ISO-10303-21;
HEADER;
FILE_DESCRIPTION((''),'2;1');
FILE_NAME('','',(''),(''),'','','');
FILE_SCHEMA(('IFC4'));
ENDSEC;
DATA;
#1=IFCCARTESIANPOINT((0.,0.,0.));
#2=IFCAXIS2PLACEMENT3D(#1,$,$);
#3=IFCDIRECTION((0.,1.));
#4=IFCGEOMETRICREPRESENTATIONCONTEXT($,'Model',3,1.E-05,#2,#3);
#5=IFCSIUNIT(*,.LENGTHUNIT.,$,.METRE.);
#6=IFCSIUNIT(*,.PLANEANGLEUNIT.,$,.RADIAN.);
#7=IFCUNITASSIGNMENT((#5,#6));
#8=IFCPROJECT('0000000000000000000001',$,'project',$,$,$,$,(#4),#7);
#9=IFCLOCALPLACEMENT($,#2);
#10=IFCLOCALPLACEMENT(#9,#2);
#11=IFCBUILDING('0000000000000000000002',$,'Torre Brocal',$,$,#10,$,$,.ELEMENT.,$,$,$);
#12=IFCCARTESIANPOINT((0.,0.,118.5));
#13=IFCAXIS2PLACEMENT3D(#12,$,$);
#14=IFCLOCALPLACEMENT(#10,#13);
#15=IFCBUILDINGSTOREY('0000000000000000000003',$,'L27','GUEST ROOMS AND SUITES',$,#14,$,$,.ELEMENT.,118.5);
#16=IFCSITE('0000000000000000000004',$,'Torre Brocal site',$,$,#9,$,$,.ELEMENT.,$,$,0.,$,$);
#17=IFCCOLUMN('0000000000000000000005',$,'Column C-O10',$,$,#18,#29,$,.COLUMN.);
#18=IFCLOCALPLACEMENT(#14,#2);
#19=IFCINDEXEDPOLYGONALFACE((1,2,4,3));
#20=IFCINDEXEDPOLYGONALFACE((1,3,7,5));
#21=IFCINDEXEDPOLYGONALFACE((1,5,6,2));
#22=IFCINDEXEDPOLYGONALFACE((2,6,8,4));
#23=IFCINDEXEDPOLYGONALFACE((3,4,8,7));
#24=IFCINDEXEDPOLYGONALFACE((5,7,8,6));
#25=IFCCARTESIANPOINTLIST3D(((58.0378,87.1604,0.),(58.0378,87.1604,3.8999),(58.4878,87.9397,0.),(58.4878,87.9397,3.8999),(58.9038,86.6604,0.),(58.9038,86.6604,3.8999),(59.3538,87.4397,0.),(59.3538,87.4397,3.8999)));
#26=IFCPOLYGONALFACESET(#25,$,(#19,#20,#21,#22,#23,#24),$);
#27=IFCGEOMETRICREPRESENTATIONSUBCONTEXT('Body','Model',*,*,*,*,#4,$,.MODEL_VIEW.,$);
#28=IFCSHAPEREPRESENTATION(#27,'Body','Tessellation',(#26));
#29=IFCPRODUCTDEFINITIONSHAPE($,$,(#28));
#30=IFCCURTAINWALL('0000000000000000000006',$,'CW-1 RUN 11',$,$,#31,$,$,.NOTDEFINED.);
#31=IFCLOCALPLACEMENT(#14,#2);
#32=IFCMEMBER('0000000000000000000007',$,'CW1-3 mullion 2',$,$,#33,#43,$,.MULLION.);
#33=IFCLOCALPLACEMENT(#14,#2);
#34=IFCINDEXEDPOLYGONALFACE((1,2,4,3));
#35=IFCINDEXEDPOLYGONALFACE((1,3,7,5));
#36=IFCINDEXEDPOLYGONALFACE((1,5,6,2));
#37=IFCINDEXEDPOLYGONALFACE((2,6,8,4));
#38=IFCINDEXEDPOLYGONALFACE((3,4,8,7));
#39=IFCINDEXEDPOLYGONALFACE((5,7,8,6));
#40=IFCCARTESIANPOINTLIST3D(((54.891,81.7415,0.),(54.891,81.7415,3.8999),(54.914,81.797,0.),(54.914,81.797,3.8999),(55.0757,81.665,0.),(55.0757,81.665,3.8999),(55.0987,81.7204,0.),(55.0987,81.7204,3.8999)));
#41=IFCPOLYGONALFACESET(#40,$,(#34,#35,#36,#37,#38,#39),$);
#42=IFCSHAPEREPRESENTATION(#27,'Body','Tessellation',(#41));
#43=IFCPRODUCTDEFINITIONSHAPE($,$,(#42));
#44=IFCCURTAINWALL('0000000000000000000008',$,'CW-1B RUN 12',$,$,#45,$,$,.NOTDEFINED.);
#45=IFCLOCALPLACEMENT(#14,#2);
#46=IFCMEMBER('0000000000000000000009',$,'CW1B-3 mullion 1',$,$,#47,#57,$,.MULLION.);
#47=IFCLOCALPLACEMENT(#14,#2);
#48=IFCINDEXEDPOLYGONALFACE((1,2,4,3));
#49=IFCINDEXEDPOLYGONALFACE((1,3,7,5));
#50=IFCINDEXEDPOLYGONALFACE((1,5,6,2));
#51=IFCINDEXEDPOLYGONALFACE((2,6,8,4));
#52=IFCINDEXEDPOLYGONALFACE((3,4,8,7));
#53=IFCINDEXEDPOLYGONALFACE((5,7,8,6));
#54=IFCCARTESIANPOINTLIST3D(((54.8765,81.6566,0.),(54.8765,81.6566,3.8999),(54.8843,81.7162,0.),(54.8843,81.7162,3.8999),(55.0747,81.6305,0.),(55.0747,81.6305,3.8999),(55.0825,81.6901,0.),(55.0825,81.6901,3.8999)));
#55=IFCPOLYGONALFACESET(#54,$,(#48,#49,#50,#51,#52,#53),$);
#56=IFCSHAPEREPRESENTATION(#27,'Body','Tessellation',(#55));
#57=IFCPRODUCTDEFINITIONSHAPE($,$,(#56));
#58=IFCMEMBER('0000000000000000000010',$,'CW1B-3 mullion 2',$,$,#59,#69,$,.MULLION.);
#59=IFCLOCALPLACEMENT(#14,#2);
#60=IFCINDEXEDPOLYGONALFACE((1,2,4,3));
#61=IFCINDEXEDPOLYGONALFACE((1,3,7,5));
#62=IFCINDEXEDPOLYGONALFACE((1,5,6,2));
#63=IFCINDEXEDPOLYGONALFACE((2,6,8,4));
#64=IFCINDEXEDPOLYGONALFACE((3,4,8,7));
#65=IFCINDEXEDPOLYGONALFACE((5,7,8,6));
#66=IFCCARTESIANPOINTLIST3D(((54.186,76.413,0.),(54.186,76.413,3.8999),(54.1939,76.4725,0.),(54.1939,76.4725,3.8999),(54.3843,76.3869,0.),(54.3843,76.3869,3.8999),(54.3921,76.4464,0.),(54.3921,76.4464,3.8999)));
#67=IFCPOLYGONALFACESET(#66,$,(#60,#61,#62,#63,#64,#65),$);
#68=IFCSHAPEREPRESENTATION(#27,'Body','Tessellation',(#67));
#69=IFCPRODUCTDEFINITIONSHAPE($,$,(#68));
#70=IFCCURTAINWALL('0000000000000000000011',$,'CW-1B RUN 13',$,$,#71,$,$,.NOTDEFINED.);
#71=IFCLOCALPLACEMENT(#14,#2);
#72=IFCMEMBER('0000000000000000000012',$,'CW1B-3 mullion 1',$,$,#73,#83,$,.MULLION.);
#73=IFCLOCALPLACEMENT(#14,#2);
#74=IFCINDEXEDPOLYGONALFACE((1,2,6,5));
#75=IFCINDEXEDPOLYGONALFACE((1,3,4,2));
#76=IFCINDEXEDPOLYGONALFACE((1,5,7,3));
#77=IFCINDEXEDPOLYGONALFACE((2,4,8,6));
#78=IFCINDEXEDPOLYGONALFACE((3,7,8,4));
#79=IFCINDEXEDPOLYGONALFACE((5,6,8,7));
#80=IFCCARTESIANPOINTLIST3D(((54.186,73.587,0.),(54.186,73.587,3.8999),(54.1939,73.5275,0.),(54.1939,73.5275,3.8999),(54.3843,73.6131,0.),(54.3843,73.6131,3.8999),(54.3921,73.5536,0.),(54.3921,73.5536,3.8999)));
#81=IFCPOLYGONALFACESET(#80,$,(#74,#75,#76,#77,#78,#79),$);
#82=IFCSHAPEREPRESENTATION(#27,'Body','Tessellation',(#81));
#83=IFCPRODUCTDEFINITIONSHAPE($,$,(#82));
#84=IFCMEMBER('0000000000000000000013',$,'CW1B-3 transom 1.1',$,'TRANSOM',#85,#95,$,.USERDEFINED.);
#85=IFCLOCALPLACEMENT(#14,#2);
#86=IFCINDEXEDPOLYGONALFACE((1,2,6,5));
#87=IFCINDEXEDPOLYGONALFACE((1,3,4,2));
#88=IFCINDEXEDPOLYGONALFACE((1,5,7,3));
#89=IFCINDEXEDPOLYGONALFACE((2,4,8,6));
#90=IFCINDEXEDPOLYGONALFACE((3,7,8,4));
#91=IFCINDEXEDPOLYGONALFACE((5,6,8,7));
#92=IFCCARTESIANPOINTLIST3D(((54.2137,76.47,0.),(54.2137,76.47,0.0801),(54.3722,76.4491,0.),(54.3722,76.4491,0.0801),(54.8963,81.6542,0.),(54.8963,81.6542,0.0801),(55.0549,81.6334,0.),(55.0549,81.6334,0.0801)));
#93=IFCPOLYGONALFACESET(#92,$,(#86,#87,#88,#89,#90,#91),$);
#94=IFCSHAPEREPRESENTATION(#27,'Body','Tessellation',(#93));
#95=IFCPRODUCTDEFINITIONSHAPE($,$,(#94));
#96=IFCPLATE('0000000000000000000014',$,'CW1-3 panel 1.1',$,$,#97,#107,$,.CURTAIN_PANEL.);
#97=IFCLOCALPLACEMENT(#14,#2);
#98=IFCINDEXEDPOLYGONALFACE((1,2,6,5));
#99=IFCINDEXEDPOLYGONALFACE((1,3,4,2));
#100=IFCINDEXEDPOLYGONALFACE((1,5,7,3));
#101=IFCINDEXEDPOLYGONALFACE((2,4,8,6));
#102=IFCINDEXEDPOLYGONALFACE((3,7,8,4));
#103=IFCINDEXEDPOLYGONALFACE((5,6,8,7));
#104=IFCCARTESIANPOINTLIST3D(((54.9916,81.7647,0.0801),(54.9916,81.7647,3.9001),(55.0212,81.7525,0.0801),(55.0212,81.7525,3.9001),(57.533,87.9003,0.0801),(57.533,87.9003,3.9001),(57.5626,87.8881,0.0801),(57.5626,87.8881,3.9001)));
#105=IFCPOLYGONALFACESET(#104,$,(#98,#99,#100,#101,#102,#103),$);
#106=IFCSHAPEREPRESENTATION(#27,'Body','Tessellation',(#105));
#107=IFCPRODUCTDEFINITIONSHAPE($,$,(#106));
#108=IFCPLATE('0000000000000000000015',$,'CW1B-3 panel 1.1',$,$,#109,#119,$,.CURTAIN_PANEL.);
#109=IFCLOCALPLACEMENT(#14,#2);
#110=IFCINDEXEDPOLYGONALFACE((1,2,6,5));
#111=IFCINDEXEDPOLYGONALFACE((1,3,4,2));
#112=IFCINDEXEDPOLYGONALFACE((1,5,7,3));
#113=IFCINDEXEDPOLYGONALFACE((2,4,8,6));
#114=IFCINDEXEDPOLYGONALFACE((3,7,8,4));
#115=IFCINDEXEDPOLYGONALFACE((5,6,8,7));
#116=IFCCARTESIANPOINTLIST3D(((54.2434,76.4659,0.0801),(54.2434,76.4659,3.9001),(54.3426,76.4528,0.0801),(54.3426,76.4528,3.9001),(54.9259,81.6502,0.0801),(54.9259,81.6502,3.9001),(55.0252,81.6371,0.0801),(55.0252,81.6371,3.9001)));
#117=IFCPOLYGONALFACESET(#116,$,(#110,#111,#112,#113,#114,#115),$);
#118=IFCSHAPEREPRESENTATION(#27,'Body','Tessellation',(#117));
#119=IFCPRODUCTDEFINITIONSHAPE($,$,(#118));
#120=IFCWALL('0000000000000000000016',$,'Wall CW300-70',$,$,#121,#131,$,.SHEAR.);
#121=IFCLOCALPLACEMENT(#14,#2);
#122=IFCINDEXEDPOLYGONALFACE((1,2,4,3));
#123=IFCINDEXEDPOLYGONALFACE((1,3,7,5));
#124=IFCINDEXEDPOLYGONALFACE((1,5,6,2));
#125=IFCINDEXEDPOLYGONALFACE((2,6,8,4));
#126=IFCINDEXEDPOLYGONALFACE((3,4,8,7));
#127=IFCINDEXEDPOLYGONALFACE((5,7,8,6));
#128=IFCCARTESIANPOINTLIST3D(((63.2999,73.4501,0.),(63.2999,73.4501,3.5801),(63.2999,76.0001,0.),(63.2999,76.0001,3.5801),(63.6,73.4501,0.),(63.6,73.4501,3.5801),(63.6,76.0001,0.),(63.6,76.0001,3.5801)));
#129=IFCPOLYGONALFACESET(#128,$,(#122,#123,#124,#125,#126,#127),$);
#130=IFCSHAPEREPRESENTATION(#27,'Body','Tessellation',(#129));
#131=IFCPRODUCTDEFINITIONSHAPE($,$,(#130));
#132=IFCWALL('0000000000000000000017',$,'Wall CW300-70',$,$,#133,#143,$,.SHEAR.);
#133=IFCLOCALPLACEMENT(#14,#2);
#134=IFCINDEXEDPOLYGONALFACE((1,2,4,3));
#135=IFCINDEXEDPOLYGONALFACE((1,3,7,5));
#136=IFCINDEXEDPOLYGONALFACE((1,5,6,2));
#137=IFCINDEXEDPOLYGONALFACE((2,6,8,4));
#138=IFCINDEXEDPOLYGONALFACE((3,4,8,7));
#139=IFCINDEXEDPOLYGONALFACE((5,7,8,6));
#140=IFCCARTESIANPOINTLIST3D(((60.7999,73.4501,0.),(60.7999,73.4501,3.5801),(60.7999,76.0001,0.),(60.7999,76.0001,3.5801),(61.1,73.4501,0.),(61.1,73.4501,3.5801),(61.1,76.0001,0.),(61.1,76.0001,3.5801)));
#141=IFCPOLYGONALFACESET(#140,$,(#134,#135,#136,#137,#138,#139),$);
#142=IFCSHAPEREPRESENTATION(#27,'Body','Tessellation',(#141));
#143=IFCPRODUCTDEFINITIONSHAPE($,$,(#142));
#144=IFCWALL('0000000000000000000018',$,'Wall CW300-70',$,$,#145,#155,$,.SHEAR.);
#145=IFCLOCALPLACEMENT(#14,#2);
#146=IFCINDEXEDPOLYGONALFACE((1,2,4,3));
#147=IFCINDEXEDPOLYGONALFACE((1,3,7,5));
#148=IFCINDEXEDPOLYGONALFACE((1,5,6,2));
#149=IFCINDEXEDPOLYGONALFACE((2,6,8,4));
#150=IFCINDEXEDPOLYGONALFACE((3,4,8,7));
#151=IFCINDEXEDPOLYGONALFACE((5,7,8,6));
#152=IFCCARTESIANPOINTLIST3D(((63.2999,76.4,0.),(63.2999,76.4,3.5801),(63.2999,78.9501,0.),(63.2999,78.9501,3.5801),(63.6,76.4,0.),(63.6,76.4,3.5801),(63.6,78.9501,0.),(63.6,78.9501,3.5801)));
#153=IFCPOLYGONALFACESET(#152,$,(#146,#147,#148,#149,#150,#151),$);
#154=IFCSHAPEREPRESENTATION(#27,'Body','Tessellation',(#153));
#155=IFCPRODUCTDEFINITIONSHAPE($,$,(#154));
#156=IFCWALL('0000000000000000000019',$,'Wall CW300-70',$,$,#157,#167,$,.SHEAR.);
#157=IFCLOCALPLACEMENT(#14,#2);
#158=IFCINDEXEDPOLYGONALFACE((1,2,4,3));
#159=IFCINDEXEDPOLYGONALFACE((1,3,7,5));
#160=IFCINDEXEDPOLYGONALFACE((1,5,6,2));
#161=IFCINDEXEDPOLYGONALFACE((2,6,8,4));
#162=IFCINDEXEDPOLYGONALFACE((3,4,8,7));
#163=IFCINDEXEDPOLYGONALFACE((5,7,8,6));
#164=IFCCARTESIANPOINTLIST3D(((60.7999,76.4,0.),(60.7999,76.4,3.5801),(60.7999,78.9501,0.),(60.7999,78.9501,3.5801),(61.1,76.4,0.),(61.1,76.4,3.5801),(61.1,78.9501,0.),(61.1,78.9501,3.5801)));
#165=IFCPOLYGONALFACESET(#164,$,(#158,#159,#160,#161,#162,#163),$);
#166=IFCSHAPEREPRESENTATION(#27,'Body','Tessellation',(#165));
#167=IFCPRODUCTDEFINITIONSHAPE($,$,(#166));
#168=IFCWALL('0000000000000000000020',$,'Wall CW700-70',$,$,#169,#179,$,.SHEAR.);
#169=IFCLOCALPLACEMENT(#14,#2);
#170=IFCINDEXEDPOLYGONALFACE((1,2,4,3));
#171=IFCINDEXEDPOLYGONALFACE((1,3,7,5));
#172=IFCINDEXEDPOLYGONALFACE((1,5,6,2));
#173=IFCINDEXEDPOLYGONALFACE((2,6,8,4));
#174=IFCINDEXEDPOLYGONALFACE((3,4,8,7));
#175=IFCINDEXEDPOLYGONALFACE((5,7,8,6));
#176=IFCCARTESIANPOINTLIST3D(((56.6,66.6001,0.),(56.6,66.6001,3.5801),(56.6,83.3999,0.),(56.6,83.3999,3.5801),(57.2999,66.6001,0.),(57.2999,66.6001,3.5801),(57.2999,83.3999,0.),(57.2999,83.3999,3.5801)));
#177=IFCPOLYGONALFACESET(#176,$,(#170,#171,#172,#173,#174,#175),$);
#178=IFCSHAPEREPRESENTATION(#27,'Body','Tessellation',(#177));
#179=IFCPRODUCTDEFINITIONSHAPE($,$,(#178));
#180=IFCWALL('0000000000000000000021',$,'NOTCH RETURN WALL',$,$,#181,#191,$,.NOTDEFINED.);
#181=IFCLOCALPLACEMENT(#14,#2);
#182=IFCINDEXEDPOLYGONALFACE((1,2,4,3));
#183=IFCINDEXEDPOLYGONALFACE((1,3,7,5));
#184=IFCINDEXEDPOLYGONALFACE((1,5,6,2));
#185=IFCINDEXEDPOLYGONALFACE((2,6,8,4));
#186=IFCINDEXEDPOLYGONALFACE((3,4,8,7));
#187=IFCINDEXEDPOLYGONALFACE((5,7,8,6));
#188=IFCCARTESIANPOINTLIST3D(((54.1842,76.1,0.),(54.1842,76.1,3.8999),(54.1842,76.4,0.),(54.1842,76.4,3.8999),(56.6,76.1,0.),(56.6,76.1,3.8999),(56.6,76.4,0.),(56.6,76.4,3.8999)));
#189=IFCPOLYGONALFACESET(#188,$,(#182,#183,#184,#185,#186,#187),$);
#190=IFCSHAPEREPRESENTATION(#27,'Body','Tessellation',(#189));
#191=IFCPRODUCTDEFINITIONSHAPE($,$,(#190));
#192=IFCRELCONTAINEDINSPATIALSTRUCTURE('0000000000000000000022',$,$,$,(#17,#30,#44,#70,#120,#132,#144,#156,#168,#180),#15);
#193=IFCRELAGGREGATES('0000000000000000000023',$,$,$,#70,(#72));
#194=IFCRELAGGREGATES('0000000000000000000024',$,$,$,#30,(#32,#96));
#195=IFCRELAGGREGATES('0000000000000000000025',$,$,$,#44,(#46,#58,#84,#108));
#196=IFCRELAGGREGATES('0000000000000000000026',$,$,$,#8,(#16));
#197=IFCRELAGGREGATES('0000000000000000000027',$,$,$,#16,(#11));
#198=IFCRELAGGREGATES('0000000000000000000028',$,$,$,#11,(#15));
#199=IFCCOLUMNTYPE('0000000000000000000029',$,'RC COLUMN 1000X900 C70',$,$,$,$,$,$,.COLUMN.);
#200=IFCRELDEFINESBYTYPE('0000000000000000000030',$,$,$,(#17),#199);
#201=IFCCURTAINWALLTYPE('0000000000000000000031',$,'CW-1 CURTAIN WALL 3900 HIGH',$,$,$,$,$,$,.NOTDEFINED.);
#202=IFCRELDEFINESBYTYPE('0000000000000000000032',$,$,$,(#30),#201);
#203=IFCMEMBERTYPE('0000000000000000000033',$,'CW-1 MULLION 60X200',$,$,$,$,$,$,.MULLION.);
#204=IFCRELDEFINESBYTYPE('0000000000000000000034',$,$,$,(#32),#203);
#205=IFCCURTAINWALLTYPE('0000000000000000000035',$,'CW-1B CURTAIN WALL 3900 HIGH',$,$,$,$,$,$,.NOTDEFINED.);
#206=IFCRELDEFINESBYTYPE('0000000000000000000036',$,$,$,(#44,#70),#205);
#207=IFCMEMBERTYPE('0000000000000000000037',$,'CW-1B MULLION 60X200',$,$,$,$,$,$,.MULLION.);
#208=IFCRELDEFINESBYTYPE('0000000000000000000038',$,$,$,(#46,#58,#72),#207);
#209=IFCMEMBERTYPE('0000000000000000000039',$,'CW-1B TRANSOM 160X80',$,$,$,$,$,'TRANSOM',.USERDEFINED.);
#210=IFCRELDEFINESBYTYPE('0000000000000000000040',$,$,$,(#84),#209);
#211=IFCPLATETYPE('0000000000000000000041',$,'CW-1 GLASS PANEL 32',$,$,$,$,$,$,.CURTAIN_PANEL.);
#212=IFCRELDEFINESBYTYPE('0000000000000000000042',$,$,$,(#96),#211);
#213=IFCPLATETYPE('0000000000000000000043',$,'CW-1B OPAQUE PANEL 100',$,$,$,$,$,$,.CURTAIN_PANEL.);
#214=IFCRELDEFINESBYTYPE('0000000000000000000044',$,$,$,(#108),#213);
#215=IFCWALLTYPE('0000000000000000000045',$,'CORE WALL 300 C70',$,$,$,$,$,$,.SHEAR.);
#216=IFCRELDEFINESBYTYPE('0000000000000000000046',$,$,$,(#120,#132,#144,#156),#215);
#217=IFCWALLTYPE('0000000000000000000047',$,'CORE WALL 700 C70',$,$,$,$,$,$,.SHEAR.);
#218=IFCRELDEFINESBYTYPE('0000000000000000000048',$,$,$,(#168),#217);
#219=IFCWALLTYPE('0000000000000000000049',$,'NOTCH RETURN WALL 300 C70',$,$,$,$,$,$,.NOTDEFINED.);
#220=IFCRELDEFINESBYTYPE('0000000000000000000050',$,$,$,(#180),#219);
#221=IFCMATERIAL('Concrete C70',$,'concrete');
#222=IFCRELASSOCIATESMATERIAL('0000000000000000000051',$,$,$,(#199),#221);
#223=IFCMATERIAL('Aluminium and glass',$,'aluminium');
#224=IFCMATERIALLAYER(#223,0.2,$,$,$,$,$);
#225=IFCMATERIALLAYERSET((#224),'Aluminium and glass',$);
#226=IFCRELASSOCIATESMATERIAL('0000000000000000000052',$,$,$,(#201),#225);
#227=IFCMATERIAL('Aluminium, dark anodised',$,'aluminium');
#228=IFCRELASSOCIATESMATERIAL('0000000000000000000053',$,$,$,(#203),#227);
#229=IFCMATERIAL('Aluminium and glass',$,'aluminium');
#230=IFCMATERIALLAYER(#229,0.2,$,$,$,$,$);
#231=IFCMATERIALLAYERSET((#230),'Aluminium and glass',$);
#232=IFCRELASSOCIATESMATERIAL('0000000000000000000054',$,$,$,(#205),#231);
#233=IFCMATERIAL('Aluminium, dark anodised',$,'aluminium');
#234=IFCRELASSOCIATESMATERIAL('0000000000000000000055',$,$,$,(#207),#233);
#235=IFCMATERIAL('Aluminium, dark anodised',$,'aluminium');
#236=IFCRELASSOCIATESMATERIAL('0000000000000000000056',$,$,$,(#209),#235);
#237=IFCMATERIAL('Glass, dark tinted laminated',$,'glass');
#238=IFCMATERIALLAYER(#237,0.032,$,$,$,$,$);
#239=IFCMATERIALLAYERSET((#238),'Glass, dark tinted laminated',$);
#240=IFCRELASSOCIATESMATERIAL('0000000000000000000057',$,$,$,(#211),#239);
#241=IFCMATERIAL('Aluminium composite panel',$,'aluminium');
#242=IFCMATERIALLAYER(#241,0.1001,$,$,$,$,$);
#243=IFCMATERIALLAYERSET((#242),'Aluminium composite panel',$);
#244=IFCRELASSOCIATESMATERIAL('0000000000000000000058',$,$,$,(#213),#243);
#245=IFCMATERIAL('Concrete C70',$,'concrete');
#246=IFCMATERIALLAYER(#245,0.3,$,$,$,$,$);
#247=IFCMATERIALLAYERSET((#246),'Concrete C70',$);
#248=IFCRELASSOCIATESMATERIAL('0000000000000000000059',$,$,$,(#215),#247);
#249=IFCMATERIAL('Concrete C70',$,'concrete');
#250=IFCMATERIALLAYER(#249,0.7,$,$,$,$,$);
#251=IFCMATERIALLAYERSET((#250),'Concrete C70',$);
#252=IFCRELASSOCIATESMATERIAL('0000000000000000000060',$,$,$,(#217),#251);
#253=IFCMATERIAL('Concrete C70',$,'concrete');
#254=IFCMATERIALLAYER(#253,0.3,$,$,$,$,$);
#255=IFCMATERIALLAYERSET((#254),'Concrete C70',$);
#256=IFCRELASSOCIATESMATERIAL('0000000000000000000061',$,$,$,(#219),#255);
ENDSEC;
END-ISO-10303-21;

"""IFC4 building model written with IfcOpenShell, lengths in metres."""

from ifc_helpers import new_model, si_unit, direction, frame, frame_2d, origin, origin_2d, place, context, subcontext, project, spatial, rectangle, extrude, material, layer, layer_set, material_profile, profile_set, type_object, element, aggregate, save


model = new_model("IFC4")

# Units and contexts
model_context = context("Model", 3, precision=1e-05, world=origin(), true_north=direction((0.0, 1.0)))
body_context = subcontext(model_context, "Body", "Model", "MODEL_VIEW")
ifc_project = project(units=[si_unit("LENGTHUNIT", "METRE"), si_unit("PLANEANGLEUNIT", "RADIAN")], contexts=[model_context])

# Site, building, storey
site_placement = place(None, origin())
site = spatial("IfcSite", under=ifc_project, at=site_placement, Name="Torre Brocal site", CompositionType="ELEMENT", RefElevation=0.0)
building_placement = place(site_placement, origin())
building = spatial("IfcBuilding", under=site, at=building_placement, Name="Torre Brocal", CompositionType="ELEMENT")
storey_placement = place(building_placement, frame((0.0, 0.0, 118.5)))
storey = spatial("IfcBuildingStorey", under=building, at=storey_placement, Name="L27", Description="GUEST ROOMS AND SUITES", CompositionType="ELEMENT", Elevation=118.5)

# Column
ifc_material_1 = material(Name="Concrete C70", Category="concrete")
ifc_material_profile_1 = material_profile(ifc_material_1, rectangle(XDim=1.0, YDim=0.8999, at=origin_2d()), Name="RC 1000X900")
ifc_profile_set_1 = profile_set([ifc_material_profile_1], Name="Concrete C70")
column_type = type_object("IfcColumnType", Name="RC COLUMN 1000X900 C70", PredefinedType="COLUMN", material=ifc_profile_set_1)
column_placement = place(storey_placement, frame((58.6958, 87.3, 0.0), z_axis=(0.0, 0.0, 1.0), x_axis=(-0.866025, 0.5, 0.0)))
element("IfcColumn", 1, at=column_placement, inside=storey, type_object=column_type, Name="Column C-O10", PredefinedType="COLUMN", context=body_context, shape_type="SweptSolid", body=[
    extrude(rectangle(XDim=1.0, YDim=0.8999, at=origin_2d()), origin(), (0.0, 0.0, 1.0), 3.8999),
])

# Curtain wall, member
ifc_material_2 = material(Name="Aluminium and glass", Category="aluminium")
ifc_layer_1 = layer(ifc_material_2, 0.2)
ifc_layer_set_1 = layer_set([ifc_layer_1], Name="Aluminium and glass")
curtain_wall_type_1 = type_object("IfcCurtainWallType", Name="CW-1 CURTAIN WALL 3900 HIGH", PredefinedType="NOTDEFINED", material=ifc_layer_set_1)
curtain_wall_1_placement = place(storey_placement, origin())
curtain_wall_1 = element("IfcCurtainWall", 2, at=curtain_wall_1_placement, inside=storey, type_object=curtain_wall_type_1, Name="CW-1 RUN 11", PredefinedType="NOTDEFINED")
ifc_material_3 = material(Name="Aluminium, dark anodised", Category="aluminium")
ifc_material_profile_2 = material_profile(ifc_material_3, rectangle(XDim=0.2, YDim=0.0601, at=origin_2d()), Name="CW-1 MULLION 60X200")
ifc_profile_set_2 = profile_set([ifc_material_profile_2], Name="Aluminium, dark anodised")
member_type_1 = type_object("IfcMemberType", Name="CW-1 MULLION 60X200", PredefinedType="MULLION", material=ifc_profile_set_2)
member_1_placement = place(storey_placement, frame((54.9949, 81.731, 0.0), z_axis=(0.0, 0.0, 1.0), x_axis=(0.92388, -0.382683, 0.0)))
member_1 = element("IfcMember", 3, at=member_1_placement, type_object=member_type_1, Name="CW1-3 mullion 2", PredefinedType="MULLION", context=body_context, shape_type="SweptSolid", body=[
    extrude(rectangle(XDim=0.2, YDim=0.0601, at=origin_2d()), origin(), (0.0, 0.0, 1.0), 3.8999),
])

# Curtain wall, members
ifc_material_4 = material(Name="Aluminium and glass", Category="aluminium")
ifc_layer_2 = layer(ifc_material_4, 0.2)
ifc_layer_set_2 = layer_set([ifc_layer_2], Name="Aluminium and glass")
curtain_wall_type_2 = type_object("IfcCurtainWallType", Name="CW-1B CURTAIN WALL 3900 HIGH", PredefinedType="NOTDEFINED", material=ifc_layer_set_2)
curtain_wall_2_placement = place(storey_placement, origin())
curtain_wall_2 = element("IfcCurtainWall", 4, at=curtain_wall_2_placement, inside=storey, type_object=curtain_wall_type_2, Name="CW-1B RUN 12", PredefinedType="NOTDEFINED")
ifc_material_5 = material(Name="Aluminium, dark anodised", Category="aluminium")
ifc_material_profile_3 = material_profile(ifc_material_5, rectangle(XDim=0.2, YDim=0.0601, at=origin_2d()), Name="CW-1B MULLION 60X200")
ifc_profile_set_3 = profile_set([ifc_material_profile_3], Name="Aluminium, dark anodised")
member_type_2 = type_object("IfcMemberType", Name="CW-1B MULLION 60X200", PredefinedType="MULLION", material=ifc_profile_set_3)
member_2_placement = place(storey_placement, frame((54.9795, 81.6733, 0.0), z_axis=(0.0, 0.0, 1.0), x_axis=(0.991445, -0.130526, 0.0)))
member_2 = element("IfcMember", 5, at=member_2_placement, type_object=member_type_2, Name="CW1B-3 mullion 1", PredefinedType="MULLION", context=body_context, shape_type="SweptSolid", body=[
    extrude(rectangle(XDim=0.2, YDim=0.0601, at=origin_2d()), origin(), (0.0, 0.0, 1.0), 3.8999),
])
member_3_placement = place(storey_placement, frame((54.2891, 76.4297, 0.0), z_axis=(0.0, 0.0, 1.0), x_axis=(0.991445, -0.130526, 0.0)))
member_3 = element("IfcMember", 6, at=member_3_placement, type_object=member_type_2, Name="CW1B-3 mullion 2", PredefinedType="MULLION", context=body_context, shape_type="SweptSolid", body=[
    extrude(rectangle(XDim=0.2, YDim=0.0601, at=origin_2d()), origin(), (0.0, 0.0, 1.0), 3.8999),
])

# Curtain wall, member
curtain_wall_3_placement = place(storey_placement, origin())
curtain_wall_3 = element("IfcCurtainWall", 7, at=curtain_wall_3_placement, inside=storey, type_object=curtain_wall_type_2, Name="CW-1B RUN 13", PredefinedType="NOTDEFINED")
member_4_placement = place(storey_placement, frame((54.2891, 73.5703, 0.0), z_axis=(0.0, 0.0, 1.0), x_axis=(0.991445, 0.130526, 0.0)))
member_4 = element("IfcMember", 8, at=member_4_placement, type_object=member_type_2, Name="CW1B-3 mullion 1", PredefinedType="MULLION", context=body_context, shape_type="SweptSolid", body=[
    extrude(rectangle(XDim=0.2, YDim=0.0601, at=origin_2d()), origin(), (0.0, 0.0, 1.0), 3.8999),
])
aggregate(curtain_wall_3, [member_4])

# Member
ifc_material_6 = material(Name="Aluminium, dark anodised", Category="aluminium")
ifc_material_profile_4 = material_profile(ifc_material_6, rectangle(XDim=0.1599, YDim=0.0801, at=origin_2d()), Name="CW-1B TRANSOM 160X80")
ifc_profile_set_4 = profile_set([ifc_material_profile_4], Name="Aluminium, dark anodised")
member_type_3 = type_object("IfcMemberType", Name="CW-1B TRANSOM 160X80", ElementType="TRANSOM", PredefinedType="USERDEFINED", material=ifc_profile_set_4)
member_5_placement = place(storey_placement, frame((54.9756, 81.6438, 0.04), z_axis=(-0.130543, -0.991443, 0.0), x_axis=(0.991443, -0.130543, 0.0)))
member_5 = element("IfcMember", 9, at=member_5_placement, type_object=member_type_3, Name="CW1B-3 transom 1.1", ObjectType="TRANSOM", PredefinedType="USERDEFINED", context=body_context, shape_type="SweptSolid", body=[
    extrude(rectangle(XDim=0.1599, YDim=0.0801, at=origin_2d()), origin(), (0.0, 0.0, 1.0), 5.229),
])

# Plates
ifc_material_7 = material(Name="Glass, dark tinted laminated", Category="glass")
ifc_layer_3 = layer(ifc_material_7, 0.032)
ifc_layer_set_3 = layer_set([ifc_layer_3], Name="Glass, dark tinted laminated")
plate_type_1 = type_object("IfcPlateType", Name="CW-1 GLASS PANEL 32", PredefinedType="CURTAIN_PANEL", material=ifc_layer_set_3)
plate_1_placement = place(storey_placement, frame((56.2771, 84.8264, 0.0801), z_axis=(0.0, 0.0, 1.0), x_axis=(-0.382683, -0.92388, 0.0)))
plate_1 = element("IfcPlate", 10, at=plate_1_placement, type_object=plate_type_1, Name="CW1-3 panel 1.1", PredefinedType="CURTAIN_PANEL", context=body_context, shape_type="SweptSolid", body=[
    extrude(rectangle(XDim=6.6411, YDim=0.032, at=origin_2d()), origin(), (0.0, 0.0, 1.0), 3.8201),
])
aggregate(curtain_wall_1, [member_1, plate_1])
ifc_material_8 = material(Name="Aluminium composite panel", Category="aluminium")
ifc_layer_4 = layer(ifc_material_8, 0.1001)
ifc_layer_set_4 = layer_set([ifc_layer_4], Name="Aluminium composite panel")
plate_type_2 = type_object("IfcPlateType", Name="CW-1B OPAQUE PANEL 100", PredefinedType="CURTAIN_PANEL", material=ifc_layer_set_4)
plate_2_placement = place(storey_placement, frame((54.6343, 79.0515, 0.0801), z_axis=(0.0, 0.0, 1.0), x_axis=(-0.130526, -0.991445, 0.0)))
plate_2 = element("IfcPlate", 11, at=plate_2_placement, type_object=plate_type_2, Name="CW1B-3 panel 1.1", PredefinedType="CURTAIN_PANEL", context=body_context, shape_type="SweptSolid", body=[
    extrude(rectangle(XDim=5.229, YDim=0.1001, at=origin_2d()), origin(), (0.0, 0.0, 1.0), 3.8201),
])
aggregate(curtain_wall_2, [member_2, member_3, member_5, plate_2])

# Walls
ifc_material_9 = material(Name="Concrete C70", Category="concrete")
ifc_layer_5 = layer(ifc_material_9, 0.3)
ifc_layer_set_5 = layer_set([ifc_layer_5], Name="Concrete C70")
wall_type_1 = type_object("IfcWallType", Name="CORE WALL 300 C70", PredefinedType="SHEAR", material=ifc_layer_set_5)
for number, where, z_axis, x_axis, name in (
    (12, (63.45, 76.0, 0.0), (0.0, 0.0, 1.0), (0.0, -1.0, 0.0), "Wall CW300-70"),
    (13, (60.95, 76.0, 0.0), (0.0, 0.0, 1.0), (0.0, -1.0, 0.0), "Wall CW300-70"),
    (14, (63.45, 78.95, 0.0), (0.0, 0.0, 1.0), (0.0, -1.0, 0.0), "Wall CW300-70"),
    (15, (60.95, 78.95, 0.0), (0.0, 0.0, 1.0), (0.0, -1.0, 0.0), "Wall CW300-70"),
):
    element("IfcWall", number, at=place(storey_placement, frame(where, z_axis=z_axis, x_axis=x_axis)), inside=storey, type_object=wall_type_1, Name=name, PredefinedType="SHEAR", context=body_context, shape_type="SweptSolid", body=[
        extrude(rectangle(XDim=2.55, YDim=0.3, at=frame_2d((1.2749, 0.0))), origin(), (0.0, 0.0, 1.0), 3.5801),
    ])
ifc_material_10 = material(Name="Concrete C70", Category="concrete")
ifc_layer_6 = layer(ifc_material_10, 0.7)
ifc_layer_set_6 = layer_set([ifc_layer_6], Name="Concrete C70")
wall_type_2 = type_object("IfcWallType", Name="CORE WALL 700 C70", PredefinedType="SHEAR", material=ifc_layer_set_6)
wall_1_placement = place(storey_placement, frame((56.95, 83.3999, 0.0), z_axis=(0.0, 0.0, 1.0), x_axis=(0.0, -1.0, 0.0)))
element("IfcWall", 16, at=wall_1_placement, inside=storey, type_object=wall_type_2, Name="Wall CW700-70", PredefinedType="SHEAR", context=body_context, shape_type="SweptSolid", body=[
    extrude(rectangle(XDim=16.7998, YDim=0.7, at=frame_2d((8.3999, 0.0))), origin(), (0.0, 0.0, 1.0), 3.5801),
])
ifc_material_11 = material(Name="Concrete C70", Category="concrete")
ifc_layer_7 = layer(ifc_material_11, 0.3)
ifc_layer_set_7 = layer_set([ifc_layer_7], Name="Concrete C70")
wall_type_3 = type_object("IfcWallType", Name="NOTCH RETURN WALL 300 C70", PredefinedType="NOTDEFINED", material=ifc_layer_set_7)
for number, where, z_axis, x_axis, name in (
    (17, (56.6001, 76.25, 0.0), (0.0, 0.0, 1.0), (-1.0, 0.0, 0.0), "NOTCH RETURN WALL"),
):
    element("IfcWall", number, at=place(storey_placement, frame(where, z_axis=z_axis, x_axis=x_axis)), inside=storey, type_object=wall_type_3, Name=name, PredefinedType="NOTDEFINED", context=body_context, shape_type="SweptSolid", body=[
        extrude(rectangle(XDim=2.4158, YDim=0.3, at=frame_2d((1.208, 0.0))), origin(), (0.0, 0.0, 1.0), 3.8999),
    ])

save(model, "model.ifc")
